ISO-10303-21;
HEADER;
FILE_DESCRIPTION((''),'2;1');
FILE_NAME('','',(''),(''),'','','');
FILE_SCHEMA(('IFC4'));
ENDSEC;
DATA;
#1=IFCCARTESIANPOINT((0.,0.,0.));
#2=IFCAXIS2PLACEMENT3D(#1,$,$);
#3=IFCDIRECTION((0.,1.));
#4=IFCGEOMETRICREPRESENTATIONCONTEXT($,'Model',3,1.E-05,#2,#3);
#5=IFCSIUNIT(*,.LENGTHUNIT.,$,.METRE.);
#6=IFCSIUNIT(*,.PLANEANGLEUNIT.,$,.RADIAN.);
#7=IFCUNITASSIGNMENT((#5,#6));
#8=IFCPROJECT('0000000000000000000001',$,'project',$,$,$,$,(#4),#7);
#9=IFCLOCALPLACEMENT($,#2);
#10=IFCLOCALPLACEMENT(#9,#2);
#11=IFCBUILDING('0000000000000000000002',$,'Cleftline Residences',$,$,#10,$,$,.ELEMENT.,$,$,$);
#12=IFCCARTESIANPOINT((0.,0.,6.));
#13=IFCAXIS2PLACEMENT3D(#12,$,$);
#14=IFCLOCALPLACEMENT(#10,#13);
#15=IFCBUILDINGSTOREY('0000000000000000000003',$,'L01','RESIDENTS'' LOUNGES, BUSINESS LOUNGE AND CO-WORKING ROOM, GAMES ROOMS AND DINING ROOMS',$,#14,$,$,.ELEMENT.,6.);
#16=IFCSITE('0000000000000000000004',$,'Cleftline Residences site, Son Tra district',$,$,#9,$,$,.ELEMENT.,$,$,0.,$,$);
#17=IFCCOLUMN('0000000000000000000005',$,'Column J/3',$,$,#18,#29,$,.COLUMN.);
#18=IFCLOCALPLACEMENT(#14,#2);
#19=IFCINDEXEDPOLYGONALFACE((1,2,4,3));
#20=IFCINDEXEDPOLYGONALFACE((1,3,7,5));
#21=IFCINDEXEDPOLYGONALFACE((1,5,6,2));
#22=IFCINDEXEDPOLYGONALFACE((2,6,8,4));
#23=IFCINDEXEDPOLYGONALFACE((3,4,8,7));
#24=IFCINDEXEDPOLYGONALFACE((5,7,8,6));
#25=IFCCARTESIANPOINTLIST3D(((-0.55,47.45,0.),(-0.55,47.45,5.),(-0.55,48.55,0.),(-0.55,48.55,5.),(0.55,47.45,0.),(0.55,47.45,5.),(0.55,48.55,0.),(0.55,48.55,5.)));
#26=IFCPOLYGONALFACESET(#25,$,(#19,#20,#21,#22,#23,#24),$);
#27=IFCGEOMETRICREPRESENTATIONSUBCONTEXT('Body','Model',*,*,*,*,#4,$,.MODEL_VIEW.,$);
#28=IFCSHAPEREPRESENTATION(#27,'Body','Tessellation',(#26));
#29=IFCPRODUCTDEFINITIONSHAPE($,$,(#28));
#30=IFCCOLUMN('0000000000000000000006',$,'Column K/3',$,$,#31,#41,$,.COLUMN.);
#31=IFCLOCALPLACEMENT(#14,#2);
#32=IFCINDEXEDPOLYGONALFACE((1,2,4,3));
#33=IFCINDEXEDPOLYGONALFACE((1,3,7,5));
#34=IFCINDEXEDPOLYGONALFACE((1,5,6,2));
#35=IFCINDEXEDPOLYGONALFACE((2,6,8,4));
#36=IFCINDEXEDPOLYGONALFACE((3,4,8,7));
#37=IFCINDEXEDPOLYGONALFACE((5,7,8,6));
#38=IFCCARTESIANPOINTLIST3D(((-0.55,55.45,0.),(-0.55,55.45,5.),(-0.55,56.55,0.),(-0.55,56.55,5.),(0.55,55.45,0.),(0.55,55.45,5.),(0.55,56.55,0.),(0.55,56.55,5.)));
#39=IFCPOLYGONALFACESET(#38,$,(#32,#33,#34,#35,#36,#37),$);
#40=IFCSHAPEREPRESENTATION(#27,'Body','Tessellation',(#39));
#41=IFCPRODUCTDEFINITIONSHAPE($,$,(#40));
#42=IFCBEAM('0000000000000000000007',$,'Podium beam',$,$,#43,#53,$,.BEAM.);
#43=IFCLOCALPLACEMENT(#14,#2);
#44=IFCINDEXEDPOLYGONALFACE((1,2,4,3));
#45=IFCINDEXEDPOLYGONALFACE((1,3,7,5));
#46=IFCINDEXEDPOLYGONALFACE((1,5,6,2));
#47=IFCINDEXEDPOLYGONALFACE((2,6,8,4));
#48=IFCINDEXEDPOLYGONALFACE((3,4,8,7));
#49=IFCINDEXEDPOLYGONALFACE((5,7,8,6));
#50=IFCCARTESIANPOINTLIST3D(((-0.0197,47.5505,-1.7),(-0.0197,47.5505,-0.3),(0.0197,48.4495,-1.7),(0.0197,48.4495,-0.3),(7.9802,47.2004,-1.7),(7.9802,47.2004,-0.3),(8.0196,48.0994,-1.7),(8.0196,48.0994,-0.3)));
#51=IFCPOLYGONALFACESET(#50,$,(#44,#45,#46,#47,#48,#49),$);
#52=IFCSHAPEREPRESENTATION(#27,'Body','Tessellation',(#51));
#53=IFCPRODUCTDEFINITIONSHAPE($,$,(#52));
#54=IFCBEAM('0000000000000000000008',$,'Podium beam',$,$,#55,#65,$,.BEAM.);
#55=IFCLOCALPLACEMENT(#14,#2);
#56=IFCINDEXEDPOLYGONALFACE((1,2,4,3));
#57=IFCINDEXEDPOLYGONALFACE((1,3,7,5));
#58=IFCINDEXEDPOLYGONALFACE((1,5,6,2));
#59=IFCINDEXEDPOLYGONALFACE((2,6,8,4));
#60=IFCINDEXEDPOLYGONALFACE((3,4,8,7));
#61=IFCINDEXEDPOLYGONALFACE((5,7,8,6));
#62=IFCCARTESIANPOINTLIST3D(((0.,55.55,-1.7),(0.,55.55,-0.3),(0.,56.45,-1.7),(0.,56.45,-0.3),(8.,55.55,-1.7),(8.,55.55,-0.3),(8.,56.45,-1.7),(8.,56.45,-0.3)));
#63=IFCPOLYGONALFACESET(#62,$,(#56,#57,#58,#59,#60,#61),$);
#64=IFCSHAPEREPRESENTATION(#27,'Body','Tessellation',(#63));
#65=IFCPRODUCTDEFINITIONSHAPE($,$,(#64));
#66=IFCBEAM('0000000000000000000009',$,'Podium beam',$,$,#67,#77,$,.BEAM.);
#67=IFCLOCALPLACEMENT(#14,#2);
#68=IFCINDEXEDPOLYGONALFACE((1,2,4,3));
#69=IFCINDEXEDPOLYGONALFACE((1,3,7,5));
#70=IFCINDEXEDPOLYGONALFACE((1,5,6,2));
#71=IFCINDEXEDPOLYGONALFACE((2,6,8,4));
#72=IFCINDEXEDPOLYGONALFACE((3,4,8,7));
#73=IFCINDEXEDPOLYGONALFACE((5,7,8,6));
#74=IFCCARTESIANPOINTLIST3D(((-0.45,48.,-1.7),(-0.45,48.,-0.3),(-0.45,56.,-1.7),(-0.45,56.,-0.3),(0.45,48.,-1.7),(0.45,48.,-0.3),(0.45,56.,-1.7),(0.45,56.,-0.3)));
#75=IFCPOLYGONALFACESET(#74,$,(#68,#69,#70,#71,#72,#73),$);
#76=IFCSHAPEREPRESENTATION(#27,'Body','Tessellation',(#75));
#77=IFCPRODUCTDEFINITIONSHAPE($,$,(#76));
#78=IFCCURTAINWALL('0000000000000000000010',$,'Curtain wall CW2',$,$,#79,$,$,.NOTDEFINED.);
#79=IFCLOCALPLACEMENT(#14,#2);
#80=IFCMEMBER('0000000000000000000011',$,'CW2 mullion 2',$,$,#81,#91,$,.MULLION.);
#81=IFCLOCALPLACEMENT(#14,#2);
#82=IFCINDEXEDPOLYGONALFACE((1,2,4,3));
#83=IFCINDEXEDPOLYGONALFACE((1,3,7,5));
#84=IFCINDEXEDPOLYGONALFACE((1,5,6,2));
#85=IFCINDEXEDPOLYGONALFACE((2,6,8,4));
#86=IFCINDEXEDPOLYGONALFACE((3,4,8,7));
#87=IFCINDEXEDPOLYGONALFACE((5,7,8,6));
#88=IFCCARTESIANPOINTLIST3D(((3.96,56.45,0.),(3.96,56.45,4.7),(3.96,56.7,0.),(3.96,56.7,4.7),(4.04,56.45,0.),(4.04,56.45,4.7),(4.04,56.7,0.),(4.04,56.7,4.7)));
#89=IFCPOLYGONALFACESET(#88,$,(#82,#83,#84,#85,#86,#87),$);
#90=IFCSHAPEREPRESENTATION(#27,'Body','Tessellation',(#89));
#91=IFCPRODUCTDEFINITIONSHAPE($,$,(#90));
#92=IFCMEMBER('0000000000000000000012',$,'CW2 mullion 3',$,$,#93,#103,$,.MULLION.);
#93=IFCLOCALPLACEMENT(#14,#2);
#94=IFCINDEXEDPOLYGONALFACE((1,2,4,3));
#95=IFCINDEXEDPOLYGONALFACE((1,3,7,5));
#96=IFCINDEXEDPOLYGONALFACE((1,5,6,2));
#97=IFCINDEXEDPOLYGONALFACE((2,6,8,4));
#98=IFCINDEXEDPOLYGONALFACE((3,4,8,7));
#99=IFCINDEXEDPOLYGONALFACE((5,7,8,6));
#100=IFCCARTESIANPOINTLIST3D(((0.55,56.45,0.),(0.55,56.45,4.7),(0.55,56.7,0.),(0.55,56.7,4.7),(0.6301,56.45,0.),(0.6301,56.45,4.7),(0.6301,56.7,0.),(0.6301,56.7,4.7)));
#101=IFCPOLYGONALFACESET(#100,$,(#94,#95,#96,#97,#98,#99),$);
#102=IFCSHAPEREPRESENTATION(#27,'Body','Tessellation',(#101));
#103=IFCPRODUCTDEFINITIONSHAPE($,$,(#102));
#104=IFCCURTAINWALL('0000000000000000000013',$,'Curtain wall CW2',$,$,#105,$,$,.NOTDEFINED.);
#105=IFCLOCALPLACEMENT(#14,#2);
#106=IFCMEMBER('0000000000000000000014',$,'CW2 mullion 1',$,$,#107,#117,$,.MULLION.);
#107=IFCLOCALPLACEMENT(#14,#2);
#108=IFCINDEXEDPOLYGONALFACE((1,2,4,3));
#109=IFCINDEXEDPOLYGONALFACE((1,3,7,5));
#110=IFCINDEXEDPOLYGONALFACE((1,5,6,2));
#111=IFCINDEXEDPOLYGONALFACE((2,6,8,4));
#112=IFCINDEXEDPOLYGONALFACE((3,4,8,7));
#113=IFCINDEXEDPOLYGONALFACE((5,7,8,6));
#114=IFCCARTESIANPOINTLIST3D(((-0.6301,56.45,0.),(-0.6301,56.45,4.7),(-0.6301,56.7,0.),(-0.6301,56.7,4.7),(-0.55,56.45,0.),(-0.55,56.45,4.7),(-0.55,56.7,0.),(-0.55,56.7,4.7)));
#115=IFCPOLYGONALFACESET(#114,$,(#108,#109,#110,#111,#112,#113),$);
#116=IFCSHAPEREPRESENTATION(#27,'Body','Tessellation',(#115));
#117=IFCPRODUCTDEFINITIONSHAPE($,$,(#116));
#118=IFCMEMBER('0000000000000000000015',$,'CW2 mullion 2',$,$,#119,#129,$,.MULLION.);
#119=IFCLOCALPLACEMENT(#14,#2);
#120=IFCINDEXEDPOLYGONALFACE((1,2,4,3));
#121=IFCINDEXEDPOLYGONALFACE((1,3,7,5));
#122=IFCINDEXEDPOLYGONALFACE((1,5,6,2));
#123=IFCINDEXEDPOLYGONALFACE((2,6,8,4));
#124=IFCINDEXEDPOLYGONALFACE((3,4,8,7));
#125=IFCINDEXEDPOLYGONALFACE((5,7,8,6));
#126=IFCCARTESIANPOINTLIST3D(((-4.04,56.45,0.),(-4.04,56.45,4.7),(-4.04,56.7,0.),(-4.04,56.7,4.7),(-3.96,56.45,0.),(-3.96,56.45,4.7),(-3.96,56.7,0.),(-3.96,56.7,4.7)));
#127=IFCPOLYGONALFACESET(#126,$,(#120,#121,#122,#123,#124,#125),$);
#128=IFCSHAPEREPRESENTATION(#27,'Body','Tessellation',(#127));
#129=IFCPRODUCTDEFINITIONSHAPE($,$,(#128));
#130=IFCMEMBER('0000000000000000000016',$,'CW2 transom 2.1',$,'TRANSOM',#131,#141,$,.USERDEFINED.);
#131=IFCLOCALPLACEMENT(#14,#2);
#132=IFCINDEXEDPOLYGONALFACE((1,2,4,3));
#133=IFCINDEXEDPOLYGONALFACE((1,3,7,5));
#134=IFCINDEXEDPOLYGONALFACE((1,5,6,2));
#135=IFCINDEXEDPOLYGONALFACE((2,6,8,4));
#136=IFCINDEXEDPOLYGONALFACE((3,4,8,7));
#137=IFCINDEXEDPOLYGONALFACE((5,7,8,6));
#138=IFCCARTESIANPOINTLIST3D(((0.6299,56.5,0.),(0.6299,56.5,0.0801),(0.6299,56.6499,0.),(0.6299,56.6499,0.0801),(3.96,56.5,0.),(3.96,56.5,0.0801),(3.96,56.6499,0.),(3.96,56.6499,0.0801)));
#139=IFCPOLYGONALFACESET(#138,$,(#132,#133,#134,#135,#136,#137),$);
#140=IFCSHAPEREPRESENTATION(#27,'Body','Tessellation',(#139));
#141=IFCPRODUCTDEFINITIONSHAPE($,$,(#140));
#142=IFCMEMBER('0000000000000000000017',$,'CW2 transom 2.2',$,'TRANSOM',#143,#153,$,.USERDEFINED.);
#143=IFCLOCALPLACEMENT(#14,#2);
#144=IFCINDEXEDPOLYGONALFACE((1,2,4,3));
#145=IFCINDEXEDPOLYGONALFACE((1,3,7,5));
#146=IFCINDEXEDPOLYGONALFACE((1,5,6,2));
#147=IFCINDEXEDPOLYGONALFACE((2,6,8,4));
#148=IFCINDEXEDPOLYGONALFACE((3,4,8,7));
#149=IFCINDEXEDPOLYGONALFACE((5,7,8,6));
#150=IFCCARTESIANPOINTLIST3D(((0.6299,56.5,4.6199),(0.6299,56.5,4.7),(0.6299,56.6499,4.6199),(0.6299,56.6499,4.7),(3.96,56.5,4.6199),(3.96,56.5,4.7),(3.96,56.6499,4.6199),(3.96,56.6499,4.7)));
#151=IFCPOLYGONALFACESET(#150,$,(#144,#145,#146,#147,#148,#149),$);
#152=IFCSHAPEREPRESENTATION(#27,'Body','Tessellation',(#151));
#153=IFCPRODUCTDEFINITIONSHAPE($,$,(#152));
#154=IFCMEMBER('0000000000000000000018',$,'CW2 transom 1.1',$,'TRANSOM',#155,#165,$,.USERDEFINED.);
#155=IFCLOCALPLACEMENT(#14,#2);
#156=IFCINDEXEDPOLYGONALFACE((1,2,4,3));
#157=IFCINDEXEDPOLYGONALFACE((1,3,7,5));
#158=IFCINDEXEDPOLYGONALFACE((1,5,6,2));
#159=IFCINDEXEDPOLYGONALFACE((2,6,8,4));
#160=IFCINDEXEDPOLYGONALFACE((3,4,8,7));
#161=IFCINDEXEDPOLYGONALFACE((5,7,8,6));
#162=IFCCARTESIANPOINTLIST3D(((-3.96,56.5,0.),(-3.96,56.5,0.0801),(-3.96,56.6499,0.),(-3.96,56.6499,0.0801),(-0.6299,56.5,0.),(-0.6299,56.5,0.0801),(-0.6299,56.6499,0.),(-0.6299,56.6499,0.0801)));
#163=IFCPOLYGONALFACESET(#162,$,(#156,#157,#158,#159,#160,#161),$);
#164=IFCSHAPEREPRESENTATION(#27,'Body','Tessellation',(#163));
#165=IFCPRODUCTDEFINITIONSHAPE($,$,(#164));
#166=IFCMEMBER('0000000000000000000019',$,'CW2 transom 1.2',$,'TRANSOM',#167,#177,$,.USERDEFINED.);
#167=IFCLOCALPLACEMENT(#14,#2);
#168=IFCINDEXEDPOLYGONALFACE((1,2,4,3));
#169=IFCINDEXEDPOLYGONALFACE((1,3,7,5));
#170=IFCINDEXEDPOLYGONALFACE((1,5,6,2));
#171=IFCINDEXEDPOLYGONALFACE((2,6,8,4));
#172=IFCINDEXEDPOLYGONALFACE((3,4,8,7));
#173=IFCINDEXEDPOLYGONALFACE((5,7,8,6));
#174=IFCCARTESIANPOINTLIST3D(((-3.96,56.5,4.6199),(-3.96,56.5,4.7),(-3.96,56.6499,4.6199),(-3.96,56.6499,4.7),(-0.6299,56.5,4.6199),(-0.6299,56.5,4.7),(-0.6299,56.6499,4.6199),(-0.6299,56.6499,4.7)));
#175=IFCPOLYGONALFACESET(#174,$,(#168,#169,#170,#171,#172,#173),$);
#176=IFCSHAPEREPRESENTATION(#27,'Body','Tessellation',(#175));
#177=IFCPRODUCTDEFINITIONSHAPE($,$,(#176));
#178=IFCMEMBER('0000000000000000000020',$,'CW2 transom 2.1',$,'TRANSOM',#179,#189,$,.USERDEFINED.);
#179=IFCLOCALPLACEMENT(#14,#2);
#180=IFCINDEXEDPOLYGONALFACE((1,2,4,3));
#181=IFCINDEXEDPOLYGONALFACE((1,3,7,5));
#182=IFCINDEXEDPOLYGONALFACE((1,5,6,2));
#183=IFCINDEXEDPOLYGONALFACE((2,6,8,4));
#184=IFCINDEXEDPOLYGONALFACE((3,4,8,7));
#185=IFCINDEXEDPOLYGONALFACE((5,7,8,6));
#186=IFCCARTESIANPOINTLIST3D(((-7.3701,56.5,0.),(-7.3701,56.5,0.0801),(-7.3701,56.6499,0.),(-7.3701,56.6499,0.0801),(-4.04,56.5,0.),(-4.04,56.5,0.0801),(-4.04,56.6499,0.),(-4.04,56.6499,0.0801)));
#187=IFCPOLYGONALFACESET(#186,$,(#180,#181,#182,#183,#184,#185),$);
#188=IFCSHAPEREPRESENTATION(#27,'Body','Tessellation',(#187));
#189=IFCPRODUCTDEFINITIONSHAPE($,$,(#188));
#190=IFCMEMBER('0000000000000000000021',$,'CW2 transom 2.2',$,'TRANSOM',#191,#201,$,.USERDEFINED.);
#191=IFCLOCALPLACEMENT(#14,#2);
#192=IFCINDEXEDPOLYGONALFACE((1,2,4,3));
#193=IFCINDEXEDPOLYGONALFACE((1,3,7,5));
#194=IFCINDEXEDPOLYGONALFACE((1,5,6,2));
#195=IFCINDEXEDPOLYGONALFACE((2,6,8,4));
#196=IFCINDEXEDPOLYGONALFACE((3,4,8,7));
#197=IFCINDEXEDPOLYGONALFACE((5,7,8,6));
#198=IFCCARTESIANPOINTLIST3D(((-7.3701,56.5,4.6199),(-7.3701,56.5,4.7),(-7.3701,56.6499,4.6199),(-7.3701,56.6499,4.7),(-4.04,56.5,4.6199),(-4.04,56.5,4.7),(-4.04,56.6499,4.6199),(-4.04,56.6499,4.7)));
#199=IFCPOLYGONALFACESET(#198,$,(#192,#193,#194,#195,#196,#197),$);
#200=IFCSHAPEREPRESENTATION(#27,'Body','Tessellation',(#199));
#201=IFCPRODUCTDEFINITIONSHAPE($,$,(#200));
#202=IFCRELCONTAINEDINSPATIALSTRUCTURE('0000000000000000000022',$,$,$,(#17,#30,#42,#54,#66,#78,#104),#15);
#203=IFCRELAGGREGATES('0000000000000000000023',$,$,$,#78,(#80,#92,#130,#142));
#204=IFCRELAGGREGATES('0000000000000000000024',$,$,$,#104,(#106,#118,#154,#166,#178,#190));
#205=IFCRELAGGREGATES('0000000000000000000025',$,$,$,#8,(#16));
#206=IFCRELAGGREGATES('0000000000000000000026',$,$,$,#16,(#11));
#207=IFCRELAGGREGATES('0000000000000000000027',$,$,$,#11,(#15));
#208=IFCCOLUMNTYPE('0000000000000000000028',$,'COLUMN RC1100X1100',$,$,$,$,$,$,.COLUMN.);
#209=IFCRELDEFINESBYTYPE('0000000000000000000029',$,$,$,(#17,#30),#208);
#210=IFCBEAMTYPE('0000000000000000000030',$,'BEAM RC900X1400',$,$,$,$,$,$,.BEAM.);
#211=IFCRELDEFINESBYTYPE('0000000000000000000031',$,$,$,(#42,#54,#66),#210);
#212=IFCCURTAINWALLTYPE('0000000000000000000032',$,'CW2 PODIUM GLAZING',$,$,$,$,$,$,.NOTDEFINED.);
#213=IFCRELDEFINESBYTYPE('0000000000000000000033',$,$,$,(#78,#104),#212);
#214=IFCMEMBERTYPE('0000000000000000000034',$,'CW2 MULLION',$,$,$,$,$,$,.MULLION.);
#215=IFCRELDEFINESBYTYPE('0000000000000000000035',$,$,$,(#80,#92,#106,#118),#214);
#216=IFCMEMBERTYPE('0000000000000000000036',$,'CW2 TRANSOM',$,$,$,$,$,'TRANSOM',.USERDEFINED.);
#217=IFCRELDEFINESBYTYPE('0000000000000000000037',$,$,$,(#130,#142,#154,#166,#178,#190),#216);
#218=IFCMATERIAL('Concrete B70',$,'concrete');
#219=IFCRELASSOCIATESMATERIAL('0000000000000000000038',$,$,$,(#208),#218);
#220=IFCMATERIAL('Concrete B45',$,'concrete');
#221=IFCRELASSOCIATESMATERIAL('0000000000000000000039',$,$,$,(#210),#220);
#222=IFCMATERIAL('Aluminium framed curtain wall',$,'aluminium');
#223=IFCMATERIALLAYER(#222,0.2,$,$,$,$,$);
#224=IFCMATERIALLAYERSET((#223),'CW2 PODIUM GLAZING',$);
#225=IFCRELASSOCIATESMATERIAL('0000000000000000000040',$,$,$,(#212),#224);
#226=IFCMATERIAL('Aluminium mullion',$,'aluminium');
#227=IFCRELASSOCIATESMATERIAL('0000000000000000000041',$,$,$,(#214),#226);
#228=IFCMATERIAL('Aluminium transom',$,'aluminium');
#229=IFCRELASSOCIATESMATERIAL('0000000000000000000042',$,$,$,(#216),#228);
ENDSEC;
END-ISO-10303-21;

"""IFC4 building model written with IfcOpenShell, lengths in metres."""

from ifc_helpers import new_model, si_unit, direction, frame, origin, origin_2d, place, context, subcontext, project, spatial, rectangle, extrude, material, layer, layer_set, material_profile, profile_set, type_object, element, aggregate, save


model = new_model("IFC4")

# Units and contexts
model_context = context("Model", 3, precision=1e-05, world=origin(), true_north=direction((0.0, 1.0)))
body_context = subcontext(model_context, "Body", "Model", "MODEL_VIEW")
ifc_project = project(units=[si_unit("LENGTHUNIT", "METRE"), si_unit("PLANEANGLEUNIT", "RADIAN")], contexts=[model_context])

# Site, building, storey
site_placement = place(None, origin())
site = spatial("IfcSite", under=ifc_project, at=site_placement, Name="Cleftline Residences site, Son Tra district", CompositionType="ELEMENT", RefElevation=0.0)
building_placement = place(site_placement, origin())
building = spatial("IfcBuilding", under=site, at=building_placement, Name="Cleftline Residences", CompositionType="ELEMENT")
storey_placement = place(building_placement, frame((0.0, 0.0, 6.0)))
storey = spatial("IfcBuildingStorey", under=building, at=storey_placement, Name="L01", Description="RESIDENTS' LOUNGES, BUSINESS LOUNGE AND CO-WORKING ROOM, GAMES ROOMS AND DINING ROOMS", CompositionType="ELEMENT", Elevation=6.0)

# Columns
ifc_material_1 = material(Name="Concrete B70", Category="concrete")
ifc_material_profile_1 = material_profile(ifc_material_1, rectangle(XDim=1.1001, YDim=1.1001, at=origin_2d()))
ifc_profile_set_1 = profile_set([ifc_material_profile_1], Name="Concrete B70")
column_type = type_object("IfcColumnType", Name="COLUMN RC1100X1100", PredefinedType="COLUMN", material=ifc_profile_set_1)
for number, where, z_axis, x_axis, name in (
    (1, (0.0, 48.0, 0.0), (0.0, 0.0, 1.0), (1.0, 0.0, 0.0), "Column J/3"),
    (2, (0.0, 56.0, 0.0), (0.0, 0.0, 1.0), (1.0, 0.0, 0.0), "Column K/3"),
):
    element("IfcColumn", number, at=place(storey_placement, frame(where, z_axis=z_axis, x_axis=x_axis)), inside=storey, type_object=column_type, Name=name, PredefinedType="COLUMN", context=body_context, shape_type="SweptSolid", body=[
        extrude(rectangle(XDim=1.1001, YDim=1.1001, at=origin_2d()), origin(), (0.0, 0.0, 1.0), 5.0),
    ])

# Beams
ifc_material_2 = material(Name="Concrete B45", Category="concrete")
ifc_material_profile_2 = material_profile(ifc_material_2, rectangle(XDim=0.8999, YDim=1.3999, at=origin_2d()))
ifc_profile_set_2 = profile_set([ifc_material_profile_2], Name="Concrete B45")
beam_type = type_object("IfcBeamType", Name="BEAM RC900X1400", PredefinedType="BEAM", material=ifc_profile_set_2)
beam_placement = place(storey_placement, frame((0.0, 48.0, -1.0), z_axis=(0.999044, -0.04372, 0.0), x_axis=(0.04372, 0.999044, 0.0)))
element("IfcBeam", 3, at=beam_placement, inside=storey, type_object=beam_type, Name="Podium beam", PredefinedType="BEAM", context=body_context, shape_type="SweptSolid", body=[
    extrude(rectangle(XDim=0.8999, YDim=1.3999, at=origin_2d()), origin(), (0.0, 0.0, 1.0), 8.0076),
])
for number, where, z_axis, x_axis, name in (
    (4, (0.0, 56.0, -1.0), (1.0, 0.0, 0.0), (0.0, 1.0, 0.0), "Podium beam"),
    (5, (0.0, 48.0, -1.0), (0.0, 1.0, 0.0), (-1.0, 0.0, 0.0), "Podium beam"),
):
    element("IfcBeam", number, at=place(storey_placement, frame(where, z_axis=z_axis, x_axis=x_axis)), inside=storey, type_object=beam_type, Name=name, PredefinedType="BEAM", context=body_context, shape_type="SweptSolid", body=[
        extrude(rectangle(XDim=0.8999, YDim=1.3999, at=origin_2d()), origin(), (0.0, 0.0, 1.0), 8.0),
    ])

# Curtain walls, members
ifc_material_3 = material(Name="Aluminium framed curtain wall", Category="aluminium")
ifc_layer_1 = layer(ifc_material_3, 0.2)
ifc_layer_set_1 = layer_set([ifc_layer_1], Name="CW2 PODIUM GLAZING")
curtain_wall_type = type_object("IfcCurtainWallType", Name="CW2 PODIUM GLAZING", PredefinedType="NOTDEFINED", material=ifc_layer_set_1)
curtain_wall_1_placement = place(storey_placement, origin())
curtain_wall_1 = element("IfcCurtainWall", 6, at=curtain_wall_1_placement, inside=storey, type_object=curtain_wall_type, Name="Curtain wall CW2", PredefinedType="NOTDEFINED")
ifc_material_4 = material(Name="Aluminium mullion", Category="aluminium")
ifc_material_profile_3 = material_profile(ifc_material_4, rectangle(XDim=0.25, YDim=0.0801, at=origin_2d()))
ifc_profile_set_3 = profile_set([ifc_material_profile_3], Name="Aluminium mullion")
member_type_1 = type_object("IfcMemberType", Name="CW2 MULLION", PredefinedType="MULLION", material=ifc_profile_set_3)
member_1_placement = place(storey_placement, frame((4.0, 56.575, 0.0), z_axis=(0.0, 0.0, 1.0), x_axis=(0.0, -1.0, 0.0)))
member_1 = element("IfcMember", 7, at=member_1_placement, type_object=member_type_1, Name="CW2 mullion 2", PredefinedType="MULLION", context=body_context, shape_type="SweptSolid", body=[
    extrude(rectangle(XDim=0.25, YDim=0.0801, at=origin_2d()), origin(), (0.0, 0.0, 1.0), 4.7),
])
member_2_placement = place(storey_placement, frame((0.5901, 56.575, 0.0), z_axis=(0.0, 0.0, 1.0), x_axis=(0.0, -1.0, 0.0)))
member_2 = element("IfcMember", 8, at=member_2_placement, type_object=member_type_1, Name="CW2 mullion 3", PredefinedType="MULLION", context=body_context, shape_type="SweptSolid", body=[
    extrude(rectangle(XDim=0.25, YDim=0.0801, at=origin_2d()), origin(), (0.0, 0.0, 1.0), 4.7),
])
curtain_wall_2_placement = place(storey_placement, origin())
curtain_wall_2 = element("IfcCurtainWall", 9, at=curtain_wall_2_placement, inside=storey, type_object=curtain_wall_type, Name="Curtain wall CW2", PredefinedType="NOTDEFINED")
member_3_placement = place(storey_placement, frame((-0.5901, 56.575, 0.0), z_axis=(0.0, 0.0, 1.0), x_axis=(0.0, -1.0, 0.0)))
member_3 = element("IfcMember", 10, at=member_3_placement, type_object=member_type_1, Name="CW2 mullion 1", PredefinedType="MULLION", context=body_context, shape_type="SweptSolid", body=[
    extrude(rectangle(XDim=0.25, YDim=0.0801, at=origin_2d()), origin(), (0.0, 0.0, 1.0), 4.7),
])
member_4_placement = place(storey_placement, frame((-4.0, 56.575, 0.0), z_axis=(0.0, 0.0, 1.0), x_axis=(0.0, -1.0, 0.0)))
member_4 = element("IfcMember", 11, at=member_4_placement, type_object=member_type_1, Name="CW2 mullion 2", PredefinedType="MULLION", context=body_context, shape_type="SweptSolid", body=[
    extrude(rectangle(XDim=0.25, YDim=0.0801, at=origin_2d()), origin(), (0.0, 0.0, 1.0), 4.7),
])

# Members
ifc_material_5 = material(Name="Aluminium transom", Category="aluminium")
ifc_material_profile_4 = material_profile(ifc_material_5, rectangle(XDim=0.1499, YDim=0.0801, at=origin_2d()))
ifc_profile_set_4 = profile_set([ifc_material_profile_4], Name="Aluminium transom")
member_type_2 = type_object("IfcMemberType", Name="CW2 TRANSOM", ElementType="TRANSOM", PredefinedType="USERDEFINED", material=ifc_profile_set_4)
member_5_placement = place(storey_placement, frame((3.96, 56.575, 0.04), z_axis=(-1.0, 0.0, 0.0), x_axis=(0.0, -1.0, 0.0)))
member_5 = element("IfcMember", 12, at=member_5_placement, type_object=member_type_2, Name="CW2 transom 2.1", ObjectType="TRANSOM", PredefinedType="USERDEFINED", context=body_context, shape_type="SweptSolid", body=[
    extrude(rectangle(XDim=0.1499, YDim=0.0801, at=origin_2d()), origin(), (0.0, 0.0, 1.0), 3.3301),
])
member_6_placement = place(storey_placement, frame((3.96, 56.575, 4.6599), z_axis=(-1.0, 0.0, 0.0), x_axis=(0.0, -1.0, 0.0)))
member_6 = element("IfcMember", 13, at=member_6_placement, type_object=member_type_2, Name="CW2 transom 2.2", ObjectType="TRANSOM", PredefinedType="USERDEFINED", context=body_context, shape_type="SweptSolid", body=[
    extrude(rectangle(XDim=0.1499, YDim=0.0801, at=origin_2d()), origin(), (0.0, 0.0, 1.0), 3.3301),
])
member_7_placement = place(storey_placement, frame((-0.6299, 56.575, 0.04), z_axis=(-1.0, 0.0, 0.0), x_axis=(0.0, -1.0, 0.0)))
member_7 = element("IfcMember", 14, at=member_7_placement, type_object=member_type_2, Name="CW2 transom 1.1", ObjectType="TRANSOM", PredefinedType="USERDEFINED", context=body_context, shape_type="SweptSolid", body=[
    extrude(rectangle(XDim=0.1499, YDim=0.0801, at=origin_2d()), origin(), (0.0, 0.0, 1.0), 3.3301),
])
member_8_placement = place(storey_placement, frame((-0.6299, 56.575, 4.6599), z_axis=(-1.0, 0.0, 0.0), x_axis=(0.0, -1.0, 0.0)))
member_8 = element("IfcMember", 15, at=member_8_placement, type_object=member_type_2, Name="CW2 transom 1.2", ObjectType="TRANSOM", PredefinedType="USERDEFINED", context=body_context, shape_type="SweptSolid", body=[
    extrude(rectangle(XDim=0.1499, YDim=0.0801, at=origin_2d()), origin(), (0.0, 0.0, 1.0), 3.3301),
])
member_9_placement = place(storey_placement, frame((-4.04, 56.575, 0.04), z_axis=(-1.0, 0.0, 0.0), x_axis=(0.0, -1.0, 0.0)))
member_9 = element("IfcMember", 16, at=member_9_placement, type_object=member_type_2, Name="CW2 transom 2.1", ObjectType="TRANSOM", PredefinedType="USERDEFINED", context=body_context, shape_type="SweptSolid", body=[
    extrude(rectangle(XDim=0.1499, YDim=0.0801, at=origin_2d()), origin(), (0.0, 0.0, 1.0), 3.3301),
])
member_10_placement = place(storey_placement, frame((-4.04, 56.575, 4.6599), z_axis=(-1.0, 0.0, 0.0), x_axis=(0.0, -1.0, 0.0)))
member_10 = element("IfcMember", 17, at=member_10_placement, type_object=member_type_2, Name="CW2 transom 2.2", ObjectType="TRANSOM", PredefinedType="USERDEFINED", context=body_context, shape_type="SweptSolid", body=[
    extrude(rectangle(XDim=0.1499, YDim=0.0801, at=origin_2d()), origin(), (0.0, 0.0, 1.0), 3.3301),
])

aggregate(curtain_wall_1, [member_1, member_2, member_5, member_6])
aggregate(curtain_wall_2, [member_3, member_4, member_7, member_8, member_9, member_10])

save(model, "model.ifc")
